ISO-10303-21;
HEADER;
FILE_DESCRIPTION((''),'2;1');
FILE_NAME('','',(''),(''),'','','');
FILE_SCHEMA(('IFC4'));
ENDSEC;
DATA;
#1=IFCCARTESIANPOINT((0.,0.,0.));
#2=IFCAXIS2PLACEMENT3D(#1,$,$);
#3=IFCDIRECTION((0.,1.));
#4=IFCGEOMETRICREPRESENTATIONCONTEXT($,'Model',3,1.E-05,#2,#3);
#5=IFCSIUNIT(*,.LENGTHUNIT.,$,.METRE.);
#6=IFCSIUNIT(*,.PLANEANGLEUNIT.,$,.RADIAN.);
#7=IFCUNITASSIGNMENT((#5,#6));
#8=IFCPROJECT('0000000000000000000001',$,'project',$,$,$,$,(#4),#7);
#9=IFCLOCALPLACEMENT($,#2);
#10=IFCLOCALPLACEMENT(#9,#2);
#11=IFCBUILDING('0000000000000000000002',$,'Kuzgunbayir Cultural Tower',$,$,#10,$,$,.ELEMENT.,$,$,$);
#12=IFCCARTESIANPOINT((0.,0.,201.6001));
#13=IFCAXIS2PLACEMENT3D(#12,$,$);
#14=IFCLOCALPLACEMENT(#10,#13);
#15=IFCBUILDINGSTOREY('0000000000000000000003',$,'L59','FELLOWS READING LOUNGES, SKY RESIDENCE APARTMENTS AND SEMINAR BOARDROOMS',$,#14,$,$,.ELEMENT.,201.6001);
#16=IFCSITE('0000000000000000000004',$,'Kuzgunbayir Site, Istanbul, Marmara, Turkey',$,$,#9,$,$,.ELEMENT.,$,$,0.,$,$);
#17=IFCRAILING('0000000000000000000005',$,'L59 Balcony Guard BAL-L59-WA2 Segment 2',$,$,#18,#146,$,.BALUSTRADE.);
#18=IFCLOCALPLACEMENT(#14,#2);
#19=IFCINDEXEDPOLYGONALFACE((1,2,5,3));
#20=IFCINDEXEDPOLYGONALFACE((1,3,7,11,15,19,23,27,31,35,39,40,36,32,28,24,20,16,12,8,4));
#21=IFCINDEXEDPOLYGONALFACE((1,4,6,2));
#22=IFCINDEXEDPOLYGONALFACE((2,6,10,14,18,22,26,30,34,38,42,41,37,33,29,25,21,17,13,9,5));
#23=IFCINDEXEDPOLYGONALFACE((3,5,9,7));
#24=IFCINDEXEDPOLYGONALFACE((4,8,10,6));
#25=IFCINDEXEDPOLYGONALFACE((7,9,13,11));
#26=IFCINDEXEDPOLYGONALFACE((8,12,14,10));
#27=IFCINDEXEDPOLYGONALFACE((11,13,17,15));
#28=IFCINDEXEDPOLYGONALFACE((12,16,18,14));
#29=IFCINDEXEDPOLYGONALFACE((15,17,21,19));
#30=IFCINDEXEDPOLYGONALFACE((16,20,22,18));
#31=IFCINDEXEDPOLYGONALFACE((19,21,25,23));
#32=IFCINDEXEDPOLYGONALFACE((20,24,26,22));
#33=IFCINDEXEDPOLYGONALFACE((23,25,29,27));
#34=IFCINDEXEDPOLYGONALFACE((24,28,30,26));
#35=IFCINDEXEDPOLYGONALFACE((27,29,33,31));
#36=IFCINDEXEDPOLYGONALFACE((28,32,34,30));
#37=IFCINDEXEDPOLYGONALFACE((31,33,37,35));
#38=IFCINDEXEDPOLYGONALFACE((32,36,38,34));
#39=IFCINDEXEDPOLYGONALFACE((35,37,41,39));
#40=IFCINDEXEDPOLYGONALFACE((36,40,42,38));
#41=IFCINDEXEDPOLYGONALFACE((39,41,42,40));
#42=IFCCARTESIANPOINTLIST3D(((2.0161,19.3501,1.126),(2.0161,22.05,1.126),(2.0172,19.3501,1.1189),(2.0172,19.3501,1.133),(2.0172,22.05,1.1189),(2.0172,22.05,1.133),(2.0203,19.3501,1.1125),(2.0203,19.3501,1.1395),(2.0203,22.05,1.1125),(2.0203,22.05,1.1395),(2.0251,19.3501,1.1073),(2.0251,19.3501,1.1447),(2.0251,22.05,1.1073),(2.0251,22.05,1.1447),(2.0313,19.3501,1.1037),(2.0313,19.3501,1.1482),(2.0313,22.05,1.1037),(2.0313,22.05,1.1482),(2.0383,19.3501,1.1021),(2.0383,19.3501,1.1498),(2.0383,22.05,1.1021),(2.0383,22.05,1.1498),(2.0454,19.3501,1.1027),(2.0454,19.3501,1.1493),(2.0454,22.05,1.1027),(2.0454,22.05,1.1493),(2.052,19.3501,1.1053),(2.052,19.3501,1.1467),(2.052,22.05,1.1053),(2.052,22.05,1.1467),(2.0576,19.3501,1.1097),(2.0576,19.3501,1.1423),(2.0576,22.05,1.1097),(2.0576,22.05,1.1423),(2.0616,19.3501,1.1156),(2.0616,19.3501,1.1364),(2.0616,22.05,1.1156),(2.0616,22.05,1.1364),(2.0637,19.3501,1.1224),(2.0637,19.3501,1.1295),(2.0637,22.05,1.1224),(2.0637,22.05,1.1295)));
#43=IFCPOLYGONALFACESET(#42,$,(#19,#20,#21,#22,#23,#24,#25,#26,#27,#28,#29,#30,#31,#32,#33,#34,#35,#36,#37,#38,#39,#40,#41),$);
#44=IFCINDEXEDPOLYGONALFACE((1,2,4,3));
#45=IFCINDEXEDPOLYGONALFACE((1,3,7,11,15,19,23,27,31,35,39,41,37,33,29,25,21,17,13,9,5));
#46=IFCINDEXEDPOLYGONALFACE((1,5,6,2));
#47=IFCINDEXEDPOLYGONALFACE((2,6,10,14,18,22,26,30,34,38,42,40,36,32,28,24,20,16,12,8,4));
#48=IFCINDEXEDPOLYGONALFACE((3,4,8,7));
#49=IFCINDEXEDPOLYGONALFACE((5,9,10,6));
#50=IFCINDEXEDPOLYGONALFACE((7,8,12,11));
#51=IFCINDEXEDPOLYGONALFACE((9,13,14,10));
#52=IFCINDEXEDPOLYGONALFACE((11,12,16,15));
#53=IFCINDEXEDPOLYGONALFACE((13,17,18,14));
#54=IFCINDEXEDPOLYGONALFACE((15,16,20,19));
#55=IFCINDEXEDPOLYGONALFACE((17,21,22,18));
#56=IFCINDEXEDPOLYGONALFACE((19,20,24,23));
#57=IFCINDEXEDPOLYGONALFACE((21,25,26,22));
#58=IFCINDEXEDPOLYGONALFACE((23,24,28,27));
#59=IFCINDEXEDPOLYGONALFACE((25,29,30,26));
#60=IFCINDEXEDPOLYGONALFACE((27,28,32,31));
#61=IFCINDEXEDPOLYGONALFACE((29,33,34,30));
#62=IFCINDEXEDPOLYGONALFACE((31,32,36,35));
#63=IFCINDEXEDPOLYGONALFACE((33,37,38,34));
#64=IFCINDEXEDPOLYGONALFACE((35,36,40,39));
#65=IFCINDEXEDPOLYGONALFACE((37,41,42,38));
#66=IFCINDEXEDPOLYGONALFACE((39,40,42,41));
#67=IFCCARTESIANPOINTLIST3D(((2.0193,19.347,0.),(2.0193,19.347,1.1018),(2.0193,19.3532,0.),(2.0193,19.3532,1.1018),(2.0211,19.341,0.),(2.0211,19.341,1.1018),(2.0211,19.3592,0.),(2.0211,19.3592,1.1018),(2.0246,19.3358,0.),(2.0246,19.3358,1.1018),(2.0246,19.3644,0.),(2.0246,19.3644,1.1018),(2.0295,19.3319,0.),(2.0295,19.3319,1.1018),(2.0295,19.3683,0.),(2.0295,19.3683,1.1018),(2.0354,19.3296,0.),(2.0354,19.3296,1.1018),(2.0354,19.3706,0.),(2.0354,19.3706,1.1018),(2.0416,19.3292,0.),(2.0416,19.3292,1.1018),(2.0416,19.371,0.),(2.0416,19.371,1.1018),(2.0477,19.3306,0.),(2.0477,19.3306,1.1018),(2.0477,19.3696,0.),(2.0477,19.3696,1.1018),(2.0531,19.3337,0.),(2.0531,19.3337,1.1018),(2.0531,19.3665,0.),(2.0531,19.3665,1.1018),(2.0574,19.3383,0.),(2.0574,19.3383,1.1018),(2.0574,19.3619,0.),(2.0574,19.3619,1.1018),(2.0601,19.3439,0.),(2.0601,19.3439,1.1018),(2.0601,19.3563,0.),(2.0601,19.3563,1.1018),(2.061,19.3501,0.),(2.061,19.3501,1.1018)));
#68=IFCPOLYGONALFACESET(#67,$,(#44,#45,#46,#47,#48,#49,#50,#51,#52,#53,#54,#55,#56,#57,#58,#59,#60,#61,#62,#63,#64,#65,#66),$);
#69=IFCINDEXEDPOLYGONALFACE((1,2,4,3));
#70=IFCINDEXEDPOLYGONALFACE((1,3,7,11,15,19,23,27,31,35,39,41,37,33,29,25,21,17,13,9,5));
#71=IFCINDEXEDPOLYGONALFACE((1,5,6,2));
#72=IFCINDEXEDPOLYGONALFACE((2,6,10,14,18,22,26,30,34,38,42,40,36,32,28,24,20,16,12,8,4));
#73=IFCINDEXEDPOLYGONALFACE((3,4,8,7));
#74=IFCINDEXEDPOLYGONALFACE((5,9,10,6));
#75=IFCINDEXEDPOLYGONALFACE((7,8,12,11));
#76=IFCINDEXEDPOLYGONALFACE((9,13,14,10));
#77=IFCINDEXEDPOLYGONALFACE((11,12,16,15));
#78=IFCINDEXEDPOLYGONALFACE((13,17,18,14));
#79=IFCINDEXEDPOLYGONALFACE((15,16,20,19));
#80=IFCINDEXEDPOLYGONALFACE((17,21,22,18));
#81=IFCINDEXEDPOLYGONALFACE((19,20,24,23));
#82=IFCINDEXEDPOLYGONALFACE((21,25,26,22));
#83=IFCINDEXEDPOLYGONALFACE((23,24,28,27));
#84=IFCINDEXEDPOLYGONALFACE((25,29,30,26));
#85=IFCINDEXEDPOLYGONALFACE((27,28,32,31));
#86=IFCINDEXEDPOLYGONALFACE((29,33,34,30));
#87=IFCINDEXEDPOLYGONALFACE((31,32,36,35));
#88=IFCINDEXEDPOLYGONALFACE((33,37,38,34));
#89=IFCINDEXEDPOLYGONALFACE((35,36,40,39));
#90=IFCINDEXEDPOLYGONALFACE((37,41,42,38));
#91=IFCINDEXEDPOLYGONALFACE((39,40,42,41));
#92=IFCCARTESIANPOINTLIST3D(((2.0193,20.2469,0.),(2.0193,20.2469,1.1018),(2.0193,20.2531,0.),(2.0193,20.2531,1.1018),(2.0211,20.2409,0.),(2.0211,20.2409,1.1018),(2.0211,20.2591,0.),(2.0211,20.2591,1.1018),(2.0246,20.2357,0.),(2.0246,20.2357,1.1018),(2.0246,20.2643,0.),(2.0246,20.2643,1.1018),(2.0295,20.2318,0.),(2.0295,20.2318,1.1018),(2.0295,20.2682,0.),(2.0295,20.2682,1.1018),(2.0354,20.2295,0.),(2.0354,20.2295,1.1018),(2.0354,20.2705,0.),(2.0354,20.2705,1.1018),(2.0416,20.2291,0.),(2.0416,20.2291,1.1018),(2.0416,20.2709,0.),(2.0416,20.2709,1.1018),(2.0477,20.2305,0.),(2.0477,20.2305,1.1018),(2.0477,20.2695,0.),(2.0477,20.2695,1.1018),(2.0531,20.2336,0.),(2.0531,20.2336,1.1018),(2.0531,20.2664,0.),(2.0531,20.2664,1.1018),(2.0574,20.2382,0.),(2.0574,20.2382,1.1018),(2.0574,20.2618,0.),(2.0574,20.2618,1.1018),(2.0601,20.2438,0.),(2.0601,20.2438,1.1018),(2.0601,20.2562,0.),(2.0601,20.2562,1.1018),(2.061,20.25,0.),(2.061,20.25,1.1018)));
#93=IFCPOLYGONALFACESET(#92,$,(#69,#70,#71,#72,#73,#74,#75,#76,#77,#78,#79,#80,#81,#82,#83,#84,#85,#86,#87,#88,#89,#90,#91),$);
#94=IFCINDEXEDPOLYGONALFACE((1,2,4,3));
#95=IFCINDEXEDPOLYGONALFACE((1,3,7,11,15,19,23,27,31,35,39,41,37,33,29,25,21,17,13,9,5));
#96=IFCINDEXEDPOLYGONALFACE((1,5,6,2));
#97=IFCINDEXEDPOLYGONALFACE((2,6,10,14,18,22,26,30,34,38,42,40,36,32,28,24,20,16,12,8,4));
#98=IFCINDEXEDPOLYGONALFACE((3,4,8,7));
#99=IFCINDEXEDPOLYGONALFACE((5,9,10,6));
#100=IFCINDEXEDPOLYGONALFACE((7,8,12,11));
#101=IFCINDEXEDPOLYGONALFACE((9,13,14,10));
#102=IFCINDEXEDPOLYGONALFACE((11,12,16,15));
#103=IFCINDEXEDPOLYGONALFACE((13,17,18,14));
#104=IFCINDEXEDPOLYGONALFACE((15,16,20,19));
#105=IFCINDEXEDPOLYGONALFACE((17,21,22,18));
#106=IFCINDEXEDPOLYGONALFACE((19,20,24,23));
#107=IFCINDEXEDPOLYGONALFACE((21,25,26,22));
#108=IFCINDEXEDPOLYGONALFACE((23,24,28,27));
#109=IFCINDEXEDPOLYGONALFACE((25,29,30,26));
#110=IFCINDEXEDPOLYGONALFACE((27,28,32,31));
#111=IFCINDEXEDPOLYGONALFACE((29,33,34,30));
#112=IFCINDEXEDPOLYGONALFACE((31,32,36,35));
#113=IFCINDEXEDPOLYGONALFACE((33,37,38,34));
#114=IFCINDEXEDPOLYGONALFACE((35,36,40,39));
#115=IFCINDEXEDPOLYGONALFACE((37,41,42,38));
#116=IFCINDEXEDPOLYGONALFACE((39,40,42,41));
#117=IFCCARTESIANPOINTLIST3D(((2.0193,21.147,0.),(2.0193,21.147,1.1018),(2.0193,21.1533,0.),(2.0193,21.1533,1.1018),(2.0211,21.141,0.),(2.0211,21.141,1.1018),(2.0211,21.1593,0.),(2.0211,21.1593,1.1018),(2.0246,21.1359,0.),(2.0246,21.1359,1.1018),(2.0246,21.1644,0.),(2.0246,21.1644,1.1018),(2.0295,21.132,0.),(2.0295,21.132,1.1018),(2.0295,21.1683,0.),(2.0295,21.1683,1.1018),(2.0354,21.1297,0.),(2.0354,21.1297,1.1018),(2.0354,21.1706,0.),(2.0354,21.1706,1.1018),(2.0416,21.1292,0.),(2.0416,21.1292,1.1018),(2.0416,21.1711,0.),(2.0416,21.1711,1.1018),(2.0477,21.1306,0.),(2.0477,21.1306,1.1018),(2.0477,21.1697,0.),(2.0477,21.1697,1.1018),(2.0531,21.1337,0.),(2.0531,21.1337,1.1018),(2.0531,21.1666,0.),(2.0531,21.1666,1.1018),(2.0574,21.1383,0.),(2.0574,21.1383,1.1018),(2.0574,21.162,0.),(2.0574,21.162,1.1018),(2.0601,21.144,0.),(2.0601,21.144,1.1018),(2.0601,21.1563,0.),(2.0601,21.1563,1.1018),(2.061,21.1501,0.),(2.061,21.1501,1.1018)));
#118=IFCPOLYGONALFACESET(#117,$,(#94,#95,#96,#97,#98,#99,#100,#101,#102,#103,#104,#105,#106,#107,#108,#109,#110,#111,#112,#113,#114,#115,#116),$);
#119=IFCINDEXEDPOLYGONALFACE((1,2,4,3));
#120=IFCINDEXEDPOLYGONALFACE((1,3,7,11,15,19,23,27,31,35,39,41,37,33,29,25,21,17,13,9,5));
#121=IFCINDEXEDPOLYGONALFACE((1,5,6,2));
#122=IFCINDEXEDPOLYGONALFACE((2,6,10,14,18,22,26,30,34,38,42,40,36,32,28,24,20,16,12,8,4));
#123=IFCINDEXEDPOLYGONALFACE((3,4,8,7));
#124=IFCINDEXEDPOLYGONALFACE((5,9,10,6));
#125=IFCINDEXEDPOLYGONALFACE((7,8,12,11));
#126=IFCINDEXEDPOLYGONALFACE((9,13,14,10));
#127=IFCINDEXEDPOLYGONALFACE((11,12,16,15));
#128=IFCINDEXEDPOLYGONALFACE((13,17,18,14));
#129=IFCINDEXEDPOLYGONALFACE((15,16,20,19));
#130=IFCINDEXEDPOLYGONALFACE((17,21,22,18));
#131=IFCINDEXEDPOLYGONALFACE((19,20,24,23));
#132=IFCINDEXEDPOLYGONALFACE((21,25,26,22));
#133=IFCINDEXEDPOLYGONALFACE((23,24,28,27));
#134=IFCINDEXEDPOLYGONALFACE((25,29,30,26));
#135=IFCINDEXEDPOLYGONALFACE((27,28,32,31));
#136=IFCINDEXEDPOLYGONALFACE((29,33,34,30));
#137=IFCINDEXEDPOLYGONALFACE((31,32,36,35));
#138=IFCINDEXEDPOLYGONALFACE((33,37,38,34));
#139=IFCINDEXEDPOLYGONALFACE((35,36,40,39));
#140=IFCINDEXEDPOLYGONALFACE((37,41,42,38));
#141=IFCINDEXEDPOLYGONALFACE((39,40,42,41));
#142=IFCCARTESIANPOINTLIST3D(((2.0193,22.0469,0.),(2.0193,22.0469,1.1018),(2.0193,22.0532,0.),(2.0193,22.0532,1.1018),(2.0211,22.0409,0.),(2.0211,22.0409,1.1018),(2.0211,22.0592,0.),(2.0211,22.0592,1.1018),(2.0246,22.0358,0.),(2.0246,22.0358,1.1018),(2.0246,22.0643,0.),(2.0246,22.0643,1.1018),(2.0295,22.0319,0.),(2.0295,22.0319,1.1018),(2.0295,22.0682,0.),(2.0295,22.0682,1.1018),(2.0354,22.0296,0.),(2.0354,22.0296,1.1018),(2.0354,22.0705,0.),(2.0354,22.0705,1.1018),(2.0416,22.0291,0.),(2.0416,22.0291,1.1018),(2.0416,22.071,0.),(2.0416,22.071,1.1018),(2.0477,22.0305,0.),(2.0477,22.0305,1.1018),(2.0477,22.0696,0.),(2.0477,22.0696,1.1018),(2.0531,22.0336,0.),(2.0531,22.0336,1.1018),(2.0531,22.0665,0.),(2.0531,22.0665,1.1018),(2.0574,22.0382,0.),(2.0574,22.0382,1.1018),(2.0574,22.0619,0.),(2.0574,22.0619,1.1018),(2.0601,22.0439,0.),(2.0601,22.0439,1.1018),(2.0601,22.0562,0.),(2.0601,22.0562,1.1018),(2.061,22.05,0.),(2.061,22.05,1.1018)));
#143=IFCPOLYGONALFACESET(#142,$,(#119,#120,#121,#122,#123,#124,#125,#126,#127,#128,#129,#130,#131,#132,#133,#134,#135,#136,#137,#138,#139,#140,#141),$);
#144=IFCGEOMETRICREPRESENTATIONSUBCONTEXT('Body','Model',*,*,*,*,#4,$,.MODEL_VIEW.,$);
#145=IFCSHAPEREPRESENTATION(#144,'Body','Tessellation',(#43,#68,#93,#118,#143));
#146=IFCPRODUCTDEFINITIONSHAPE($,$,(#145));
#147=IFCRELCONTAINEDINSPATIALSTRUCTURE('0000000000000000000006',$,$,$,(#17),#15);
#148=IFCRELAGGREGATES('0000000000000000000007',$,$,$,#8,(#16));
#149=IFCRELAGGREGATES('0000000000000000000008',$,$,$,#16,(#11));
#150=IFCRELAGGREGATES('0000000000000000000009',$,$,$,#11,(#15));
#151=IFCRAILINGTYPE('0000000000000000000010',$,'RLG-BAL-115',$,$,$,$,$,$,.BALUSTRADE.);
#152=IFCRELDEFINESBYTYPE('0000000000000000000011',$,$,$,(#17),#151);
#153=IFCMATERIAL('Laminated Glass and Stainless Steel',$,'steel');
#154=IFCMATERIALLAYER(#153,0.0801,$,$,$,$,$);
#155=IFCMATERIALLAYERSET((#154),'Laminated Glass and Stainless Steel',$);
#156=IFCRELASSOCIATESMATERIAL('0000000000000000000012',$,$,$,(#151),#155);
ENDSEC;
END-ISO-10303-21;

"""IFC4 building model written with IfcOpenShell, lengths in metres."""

from ifc_helpers import new_model, si_unit, direction, frame, origin, origin_2d, place, context, subcontext, project, spatial, circle, extrude, material, layer, layer_set, type_object, element, save


model = new_model("IFC4")

# Units and contexts
model_context = context("Model", 3, precision=1e-05, world=origin(), true_north=direction((0.0, 1.0)))
body_context = subcontext(model_context, "Body", "Model", "MODEL_VIEW")
ifc_project = project(units=[si_unit("LENGTHUNIT", "METRE"), si_unit("PLANEANGLEUNIT", "RADIAN")], contexts=[model_context])

# Site, building, storey
site_placement = place(None, origin())
site = spatial("IfcSite", under=ifc_project, at=site_placement, Name="Kuzgunbayir Site, Istanbul, Marmara, Turkey", CompositionType="ELEMENT", RefElevation=0.0)
building_placement = place(site_placement, origin())
building = spatial("IfcBuilding", under=site, at=building_placement, Name="Kuzgunbayir Cultural Tower", CompositionType="ELEMENT")
storey_placement = place(building_placement, frame((0.0, 0.0, 201.6001)))
storey = spatial("IfcBuildingStorey", under=building, at=storey_placement, Name="L59", Description="FELLOWS READING LOUNGES, SKY RESIDENCE APARTMENTS AND SEMINAR BOARDROOMS", CompositionType="ELEMENT", Elevation=201.6001)

# Railing
ifc_material_1 = material(Name="Laminated Glass and Stainless Steel", Category="steel")
ifc_layer_1 = layer(ifc_material_1, 0.0801)
ifc_layer_set_1 = layer_set([ifc_layer_1], Name="Laminated Glass and Stainless Steel")
railing_type = type_object("IfcRailingType", Name="RLG-BAL-115", PredefinedType="BALUSTRADE", material=ifc_layer_set_1)
railing_1_placement = place(storey_placement, frame((2.04, 19.3501, 0.0)))
element("IfcRailing", 1, at=railing_1_placement, inside=storey, type_object=railing_type, Name="L59 Balcony Guard BAL-L59-WA2 Segment 2", PredefinedType="BALUSTRADE", context=body_context, shape_type="SweptSolid", body=[
    extrude(circle(Radius=0.0239, at=origin_2d()), frame((0.0, 0.0, 1.126), z_axis=(0.0, 1.0, 0.0), x_axis=(-1.0, 0.0, 0.0)), (0.0, 0.0, 1.0), 2.7),
    extrude(circle(Radius=0.021, at=origin_2d()), origin(), (0.0, 0.0, 1.0), 1.1018),
    extrude(circle(Radius=0.021, at=origin_2d()), frame((0.0, 0.8999, 0.0)), (0.0, 0.0, 1.0), 1.1018),
    extrude(circle(Radius=0.021, at=origin_2d()), frame((0.0, 1.8, 0.0)), (0.0, 0.0, 1.0), 1.1018),
    extrude(circle(Radius=0.021, at=origin_2d()), frame((0.0, 2.7, 0.0)), (0.0, 0.0, 1.0), 1.1018),
])

save(model, "model.ifc")
